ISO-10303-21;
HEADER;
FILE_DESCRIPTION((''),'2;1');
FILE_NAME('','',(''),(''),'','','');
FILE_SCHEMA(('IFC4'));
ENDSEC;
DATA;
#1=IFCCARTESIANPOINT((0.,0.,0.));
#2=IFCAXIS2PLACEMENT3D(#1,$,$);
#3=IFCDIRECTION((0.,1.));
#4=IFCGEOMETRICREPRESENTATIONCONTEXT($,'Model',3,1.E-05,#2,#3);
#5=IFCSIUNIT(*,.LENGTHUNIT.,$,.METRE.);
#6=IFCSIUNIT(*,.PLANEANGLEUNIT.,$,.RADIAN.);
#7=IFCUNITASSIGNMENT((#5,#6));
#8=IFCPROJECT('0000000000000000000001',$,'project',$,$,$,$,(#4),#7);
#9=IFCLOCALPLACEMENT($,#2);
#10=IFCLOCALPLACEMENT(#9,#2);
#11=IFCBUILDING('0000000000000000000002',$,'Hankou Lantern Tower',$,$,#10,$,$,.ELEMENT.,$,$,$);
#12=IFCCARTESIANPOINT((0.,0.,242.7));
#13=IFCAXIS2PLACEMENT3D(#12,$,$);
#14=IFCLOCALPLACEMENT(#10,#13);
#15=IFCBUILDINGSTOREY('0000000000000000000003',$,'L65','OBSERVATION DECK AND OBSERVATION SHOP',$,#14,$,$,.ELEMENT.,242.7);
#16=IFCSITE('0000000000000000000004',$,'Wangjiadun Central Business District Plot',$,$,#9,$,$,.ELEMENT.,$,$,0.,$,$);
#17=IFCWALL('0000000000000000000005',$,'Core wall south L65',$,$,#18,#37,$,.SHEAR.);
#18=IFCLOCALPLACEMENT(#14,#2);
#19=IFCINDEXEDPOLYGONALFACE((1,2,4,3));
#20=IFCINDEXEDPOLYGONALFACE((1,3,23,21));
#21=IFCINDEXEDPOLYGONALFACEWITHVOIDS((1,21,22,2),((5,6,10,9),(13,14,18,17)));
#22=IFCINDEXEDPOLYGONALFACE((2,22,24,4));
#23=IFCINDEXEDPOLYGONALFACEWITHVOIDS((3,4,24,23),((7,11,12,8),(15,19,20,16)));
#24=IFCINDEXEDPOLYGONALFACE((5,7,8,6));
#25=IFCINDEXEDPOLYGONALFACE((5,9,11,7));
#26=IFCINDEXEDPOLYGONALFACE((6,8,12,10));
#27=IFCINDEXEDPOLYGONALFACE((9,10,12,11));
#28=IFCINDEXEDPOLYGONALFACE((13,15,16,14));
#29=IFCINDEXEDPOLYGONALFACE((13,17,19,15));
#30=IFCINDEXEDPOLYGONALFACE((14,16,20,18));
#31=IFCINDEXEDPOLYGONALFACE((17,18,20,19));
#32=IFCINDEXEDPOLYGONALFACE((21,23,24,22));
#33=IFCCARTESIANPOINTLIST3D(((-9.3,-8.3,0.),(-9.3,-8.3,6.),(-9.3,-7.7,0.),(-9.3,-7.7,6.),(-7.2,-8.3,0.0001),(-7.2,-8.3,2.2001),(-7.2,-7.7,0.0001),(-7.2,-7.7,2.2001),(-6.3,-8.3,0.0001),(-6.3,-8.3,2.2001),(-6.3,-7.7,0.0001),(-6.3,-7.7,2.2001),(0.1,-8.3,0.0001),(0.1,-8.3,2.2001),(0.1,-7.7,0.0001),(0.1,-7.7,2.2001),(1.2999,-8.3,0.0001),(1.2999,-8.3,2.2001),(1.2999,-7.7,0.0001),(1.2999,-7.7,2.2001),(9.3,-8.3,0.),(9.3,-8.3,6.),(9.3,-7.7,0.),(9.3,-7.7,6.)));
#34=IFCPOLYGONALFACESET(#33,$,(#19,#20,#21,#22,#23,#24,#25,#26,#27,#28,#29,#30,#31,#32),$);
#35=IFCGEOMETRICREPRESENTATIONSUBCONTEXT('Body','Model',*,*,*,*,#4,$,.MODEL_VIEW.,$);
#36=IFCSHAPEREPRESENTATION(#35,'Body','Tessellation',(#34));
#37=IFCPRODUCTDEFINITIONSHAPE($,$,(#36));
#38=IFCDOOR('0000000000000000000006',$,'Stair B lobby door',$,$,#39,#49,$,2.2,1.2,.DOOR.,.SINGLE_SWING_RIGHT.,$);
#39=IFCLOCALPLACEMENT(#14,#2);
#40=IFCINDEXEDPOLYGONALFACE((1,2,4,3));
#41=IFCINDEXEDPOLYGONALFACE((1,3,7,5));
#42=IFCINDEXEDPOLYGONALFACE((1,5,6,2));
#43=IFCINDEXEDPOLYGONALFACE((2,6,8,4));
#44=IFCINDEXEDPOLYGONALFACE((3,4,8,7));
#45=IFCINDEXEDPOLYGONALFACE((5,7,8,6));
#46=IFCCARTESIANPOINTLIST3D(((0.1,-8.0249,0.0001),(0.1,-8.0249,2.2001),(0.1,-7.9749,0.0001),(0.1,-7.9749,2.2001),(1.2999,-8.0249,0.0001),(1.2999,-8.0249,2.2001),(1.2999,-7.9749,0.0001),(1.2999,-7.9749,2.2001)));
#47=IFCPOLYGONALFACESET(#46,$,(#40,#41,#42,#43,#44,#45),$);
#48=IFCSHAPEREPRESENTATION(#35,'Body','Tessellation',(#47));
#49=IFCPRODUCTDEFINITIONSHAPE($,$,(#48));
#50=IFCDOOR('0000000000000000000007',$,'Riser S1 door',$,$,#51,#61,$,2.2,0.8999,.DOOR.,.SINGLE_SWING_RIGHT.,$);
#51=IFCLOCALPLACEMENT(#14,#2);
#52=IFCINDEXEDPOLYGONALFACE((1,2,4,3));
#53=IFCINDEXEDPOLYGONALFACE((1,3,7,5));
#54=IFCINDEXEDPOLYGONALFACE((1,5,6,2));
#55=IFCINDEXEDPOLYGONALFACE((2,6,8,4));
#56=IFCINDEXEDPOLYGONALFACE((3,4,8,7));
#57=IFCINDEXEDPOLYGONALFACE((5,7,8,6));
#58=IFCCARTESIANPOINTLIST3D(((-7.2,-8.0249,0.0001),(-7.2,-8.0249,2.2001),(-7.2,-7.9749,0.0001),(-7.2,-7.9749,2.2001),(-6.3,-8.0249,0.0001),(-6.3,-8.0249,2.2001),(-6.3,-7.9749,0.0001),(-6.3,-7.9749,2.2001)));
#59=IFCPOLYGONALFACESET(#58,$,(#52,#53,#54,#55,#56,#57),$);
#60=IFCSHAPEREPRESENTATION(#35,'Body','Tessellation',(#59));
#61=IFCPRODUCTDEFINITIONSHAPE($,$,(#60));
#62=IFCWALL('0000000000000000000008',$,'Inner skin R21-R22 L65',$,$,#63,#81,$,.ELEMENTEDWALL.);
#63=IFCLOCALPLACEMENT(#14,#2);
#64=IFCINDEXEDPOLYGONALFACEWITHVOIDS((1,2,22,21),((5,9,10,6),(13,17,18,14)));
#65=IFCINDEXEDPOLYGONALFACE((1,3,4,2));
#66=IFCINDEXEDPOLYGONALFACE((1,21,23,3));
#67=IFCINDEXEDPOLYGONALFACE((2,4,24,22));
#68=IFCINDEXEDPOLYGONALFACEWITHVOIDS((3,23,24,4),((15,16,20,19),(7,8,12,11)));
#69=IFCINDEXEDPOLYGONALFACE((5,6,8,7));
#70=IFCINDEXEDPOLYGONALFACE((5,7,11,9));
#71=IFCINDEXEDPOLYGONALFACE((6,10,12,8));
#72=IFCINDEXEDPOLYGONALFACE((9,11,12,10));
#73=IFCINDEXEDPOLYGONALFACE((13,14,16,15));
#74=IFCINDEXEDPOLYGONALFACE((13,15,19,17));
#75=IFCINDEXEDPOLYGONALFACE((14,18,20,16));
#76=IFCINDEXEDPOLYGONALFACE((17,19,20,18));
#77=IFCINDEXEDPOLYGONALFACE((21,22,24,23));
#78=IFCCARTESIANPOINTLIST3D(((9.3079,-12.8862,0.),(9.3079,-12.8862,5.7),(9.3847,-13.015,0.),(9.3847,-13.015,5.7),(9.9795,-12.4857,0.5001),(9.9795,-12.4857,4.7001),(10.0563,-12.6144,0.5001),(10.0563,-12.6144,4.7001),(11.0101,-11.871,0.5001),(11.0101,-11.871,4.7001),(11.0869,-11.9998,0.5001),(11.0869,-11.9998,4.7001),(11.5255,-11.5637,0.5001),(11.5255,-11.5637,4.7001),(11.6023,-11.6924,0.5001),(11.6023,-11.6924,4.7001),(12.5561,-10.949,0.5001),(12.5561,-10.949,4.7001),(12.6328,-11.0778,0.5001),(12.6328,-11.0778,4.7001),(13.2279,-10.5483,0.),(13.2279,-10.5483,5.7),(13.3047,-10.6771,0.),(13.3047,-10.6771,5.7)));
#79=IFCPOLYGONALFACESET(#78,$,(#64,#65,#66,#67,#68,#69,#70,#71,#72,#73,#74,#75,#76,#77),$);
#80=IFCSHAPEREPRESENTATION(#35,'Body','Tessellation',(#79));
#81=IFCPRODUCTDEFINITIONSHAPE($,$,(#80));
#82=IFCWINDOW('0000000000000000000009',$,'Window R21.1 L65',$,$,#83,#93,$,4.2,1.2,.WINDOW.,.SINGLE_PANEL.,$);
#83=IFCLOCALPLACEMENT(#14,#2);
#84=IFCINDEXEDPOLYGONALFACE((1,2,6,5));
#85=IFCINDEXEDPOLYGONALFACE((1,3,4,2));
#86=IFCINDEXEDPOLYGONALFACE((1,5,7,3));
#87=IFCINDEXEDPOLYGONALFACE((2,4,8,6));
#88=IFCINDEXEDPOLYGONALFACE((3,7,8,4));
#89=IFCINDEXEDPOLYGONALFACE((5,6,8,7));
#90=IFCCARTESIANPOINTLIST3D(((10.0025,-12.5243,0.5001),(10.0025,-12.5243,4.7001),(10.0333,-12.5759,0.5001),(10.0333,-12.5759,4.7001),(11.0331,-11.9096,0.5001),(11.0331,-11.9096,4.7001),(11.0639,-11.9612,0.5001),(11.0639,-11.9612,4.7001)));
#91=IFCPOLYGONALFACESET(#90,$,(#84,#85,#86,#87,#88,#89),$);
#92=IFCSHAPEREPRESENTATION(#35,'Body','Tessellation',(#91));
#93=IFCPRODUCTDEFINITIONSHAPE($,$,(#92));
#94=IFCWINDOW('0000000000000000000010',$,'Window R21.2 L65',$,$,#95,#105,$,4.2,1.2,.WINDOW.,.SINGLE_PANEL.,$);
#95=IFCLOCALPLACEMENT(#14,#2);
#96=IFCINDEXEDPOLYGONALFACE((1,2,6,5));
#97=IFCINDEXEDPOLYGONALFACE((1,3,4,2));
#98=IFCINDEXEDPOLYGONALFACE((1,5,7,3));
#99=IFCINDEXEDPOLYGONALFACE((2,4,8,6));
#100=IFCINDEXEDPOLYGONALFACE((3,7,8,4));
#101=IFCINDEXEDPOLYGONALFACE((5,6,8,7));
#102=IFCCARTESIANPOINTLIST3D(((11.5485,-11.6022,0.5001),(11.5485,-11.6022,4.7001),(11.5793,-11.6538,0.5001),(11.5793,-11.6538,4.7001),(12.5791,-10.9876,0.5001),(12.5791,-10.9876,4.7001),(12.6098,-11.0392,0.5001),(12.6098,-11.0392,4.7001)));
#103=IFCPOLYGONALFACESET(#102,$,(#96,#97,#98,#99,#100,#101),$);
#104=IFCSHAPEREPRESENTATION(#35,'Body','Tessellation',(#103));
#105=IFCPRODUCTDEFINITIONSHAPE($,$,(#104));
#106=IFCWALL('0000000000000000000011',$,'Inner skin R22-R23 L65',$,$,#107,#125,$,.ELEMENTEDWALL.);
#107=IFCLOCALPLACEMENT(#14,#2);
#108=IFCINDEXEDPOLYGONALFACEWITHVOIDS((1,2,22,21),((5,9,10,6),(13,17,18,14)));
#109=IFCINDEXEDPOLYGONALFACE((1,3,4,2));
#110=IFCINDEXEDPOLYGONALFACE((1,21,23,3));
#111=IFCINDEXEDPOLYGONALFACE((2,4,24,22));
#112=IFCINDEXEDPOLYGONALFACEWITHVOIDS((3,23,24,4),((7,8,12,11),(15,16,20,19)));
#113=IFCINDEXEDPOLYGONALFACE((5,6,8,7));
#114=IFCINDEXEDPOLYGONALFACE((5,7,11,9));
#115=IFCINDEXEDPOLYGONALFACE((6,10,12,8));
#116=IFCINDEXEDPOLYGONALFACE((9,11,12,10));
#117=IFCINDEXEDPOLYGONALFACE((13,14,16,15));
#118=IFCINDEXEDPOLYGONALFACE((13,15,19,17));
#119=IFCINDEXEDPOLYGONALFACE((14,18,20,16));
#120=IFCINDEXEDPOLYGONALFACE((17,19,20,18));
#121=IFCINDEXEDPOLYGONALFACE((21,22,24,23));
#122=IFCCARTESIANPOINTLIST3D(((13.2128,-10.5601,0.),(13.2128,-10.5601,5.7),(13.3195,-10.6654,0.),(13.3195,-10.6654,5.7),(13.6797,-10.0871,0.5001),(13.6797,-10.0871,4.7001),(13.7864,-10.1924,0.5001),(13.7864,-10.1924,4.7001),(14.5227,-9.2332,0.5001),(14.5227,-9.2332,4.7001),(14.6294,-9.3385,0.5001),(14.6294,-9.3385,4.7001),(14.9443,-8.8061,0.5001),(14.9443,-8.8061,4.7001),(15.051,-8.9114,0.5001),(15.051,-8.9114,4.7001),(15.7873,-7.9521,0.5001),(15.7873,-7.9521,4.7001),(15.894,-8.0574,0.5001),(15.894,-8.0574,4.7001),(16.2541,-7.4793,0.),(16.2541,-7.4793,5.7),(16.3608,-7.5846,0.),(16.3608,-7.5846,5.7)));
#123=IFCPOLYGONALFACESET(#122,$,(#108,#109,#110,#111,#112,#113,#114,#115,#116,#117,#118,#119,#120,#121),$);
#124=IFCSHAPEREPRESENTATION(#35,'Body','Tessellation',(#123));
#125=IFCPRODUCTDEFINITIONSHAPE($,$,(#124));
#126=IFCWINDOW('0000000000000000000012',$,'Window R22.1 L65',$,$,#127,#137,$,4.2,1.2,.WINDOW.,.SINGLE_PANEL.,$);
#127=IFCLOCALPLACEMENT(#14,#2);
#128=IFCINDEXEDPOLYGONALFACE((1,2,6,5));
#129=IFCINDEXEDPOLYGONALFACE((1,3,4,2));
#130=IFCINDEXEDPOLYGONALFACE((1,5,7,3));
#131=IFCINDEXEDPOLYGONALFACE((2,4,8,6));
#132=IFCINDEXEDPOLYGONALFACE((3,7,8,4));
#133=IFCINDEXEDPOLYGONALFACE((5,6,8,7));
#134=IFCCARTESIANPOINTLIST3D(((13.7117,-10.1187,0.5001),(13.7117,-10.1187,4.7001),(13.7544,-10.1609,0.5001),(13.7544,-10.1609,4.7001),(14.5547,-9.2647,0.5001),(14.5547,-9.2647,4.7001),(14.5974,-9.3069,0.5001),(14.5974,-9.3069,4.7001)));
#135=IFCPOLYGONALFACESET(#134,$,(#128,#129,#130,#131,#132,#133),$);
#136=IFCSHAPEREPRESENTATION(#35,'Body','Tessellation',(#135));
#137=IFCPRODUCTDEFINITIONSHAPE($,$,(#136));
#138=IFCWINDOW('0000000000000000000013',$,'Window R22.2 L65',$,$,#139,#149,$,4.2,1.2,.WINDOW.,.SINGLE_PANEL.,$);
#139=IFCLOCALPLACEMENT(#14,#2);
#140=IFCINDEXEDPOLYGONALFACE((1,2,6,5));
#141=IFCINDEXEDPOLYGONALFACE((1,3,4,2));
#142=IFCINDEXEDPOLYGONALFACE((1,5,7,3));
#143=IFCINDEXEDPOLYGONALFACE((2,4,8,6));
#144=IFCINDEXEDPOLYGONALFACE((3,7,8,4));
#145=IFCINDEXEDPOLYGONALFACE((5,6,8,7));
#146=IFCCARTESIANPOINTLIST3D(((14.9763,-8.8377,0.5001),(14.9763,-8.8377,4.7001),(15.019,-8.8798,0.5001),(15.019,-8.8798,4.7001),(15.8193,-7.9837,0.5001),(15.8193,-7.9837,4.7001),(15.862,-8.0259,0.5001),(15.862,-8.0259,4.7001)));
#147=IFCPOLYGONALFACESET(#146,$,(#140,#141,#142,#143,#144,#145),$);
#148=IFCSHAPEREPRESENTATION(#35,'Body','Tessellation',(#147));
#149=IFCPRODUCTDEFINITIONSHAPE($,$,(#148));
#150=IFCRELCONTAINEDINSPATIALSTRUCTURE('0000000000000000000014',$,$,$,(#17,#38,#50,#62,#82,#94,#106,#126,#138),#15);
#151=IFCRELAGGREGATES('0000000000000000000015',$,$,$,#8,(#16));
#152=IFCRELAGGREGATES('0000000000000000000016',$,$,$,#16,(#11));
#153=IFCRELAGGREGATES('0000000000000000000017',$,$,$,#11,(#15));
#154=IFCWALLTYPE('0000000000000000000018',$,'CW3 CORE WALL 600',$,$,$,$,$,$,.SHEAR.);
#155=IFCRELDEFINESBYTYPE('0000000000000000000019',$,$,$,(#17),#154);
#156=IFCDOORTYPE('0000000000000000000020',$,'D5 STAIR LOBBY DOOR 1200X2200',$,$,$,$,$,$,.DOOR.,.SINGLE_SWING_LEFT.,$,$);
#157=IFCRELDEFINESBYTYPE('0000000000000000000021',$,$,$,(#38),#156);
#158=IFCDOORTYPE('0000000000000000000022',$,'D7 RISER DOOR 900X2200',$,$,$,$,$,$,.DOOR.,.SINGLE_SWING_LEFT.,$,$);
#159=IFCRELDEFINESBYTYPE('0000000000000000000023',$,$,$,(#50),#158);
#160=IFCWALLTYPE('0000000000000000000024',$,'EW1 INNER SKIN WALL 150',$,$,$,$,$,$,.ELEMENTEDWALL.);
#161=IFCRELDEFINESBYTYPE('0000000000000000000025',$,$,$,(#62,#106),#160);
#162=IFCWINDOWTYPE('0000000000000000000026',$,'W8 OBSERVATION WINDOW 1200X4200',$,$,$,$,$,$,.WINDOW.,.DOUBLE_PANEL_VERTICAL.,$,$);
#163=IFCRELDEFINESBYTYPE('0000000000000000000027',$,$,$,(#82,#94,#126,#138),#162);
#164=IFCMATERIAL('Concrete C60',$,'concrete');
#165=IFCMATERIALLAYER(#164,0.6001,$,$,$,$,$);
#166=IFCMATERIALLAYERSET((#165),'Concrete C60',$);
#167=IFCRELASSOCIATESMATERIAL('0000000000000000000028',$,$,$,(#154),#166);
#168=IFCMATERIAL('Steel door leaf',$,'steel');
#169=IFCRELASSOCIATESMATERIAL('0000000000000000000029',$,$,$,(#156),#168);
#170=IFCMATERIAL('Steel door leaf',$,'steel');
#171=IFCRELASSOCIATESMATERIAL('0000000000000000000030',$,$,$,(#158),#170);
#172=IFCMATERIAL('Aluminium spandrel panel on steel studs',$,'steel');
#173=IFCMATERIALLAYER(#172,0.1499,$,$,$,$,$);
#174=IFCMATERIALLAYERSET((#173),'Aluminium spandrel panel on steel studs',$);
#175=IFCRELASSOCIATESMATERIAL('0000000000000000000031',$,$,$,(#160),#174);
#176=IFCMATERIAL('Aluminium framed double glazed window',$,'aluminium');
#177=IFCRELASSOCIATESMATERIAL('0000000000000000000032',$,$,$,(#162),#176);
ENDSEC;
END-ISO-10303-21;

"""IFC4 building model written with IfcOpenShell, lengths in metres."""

from ifc_helpers import new_model, si_unit, direction, frame, frame_2d, origin, place, context, subcontext, project, spatial, rectangle, extrude, material, layer, layer_set, type_object, element, fill, save


model = new_model("IFC4")

# Units and contexts
model_context = context("Model", 3, precision=1e-05, world=origin(), true_north=direction((0.0, 1.0)))
body_context = subcontext(model_context, "Body", "Model", "MODEL_VIEW")
ifc_project = project(units=[si_unit("LENGTHUNIT", "METRE"), si_unit("PLANEANGLEUNIT", "RADIAN")], contexts=[model_context])

# Site, building, storey
site_placement = place(None, origin())
site = spatial("IfcSite", under=ifc_project, at=site_placement, Name="Wangjiadun Central Business District Plot", CompositionType="ELEMENT", RefElevation=0.0)
building_placement = place(site_placement, origin())
building = spatial("IfcBuilding", under=site, at=building_placement, Name="Hankou Lantern Tower", CompositionType="ELEMENT")
storey_placement = place(building_placement, frame((0.0, 0.0, 242.7)))
storey = spatial("IfcBuildingStorey", under=building, at=storey_placement, Name="L65", Description="OBSERVATION DECK AND OBSERVATION SHOP", CompositionType="ELEMENT", Elevation=242.7)

# Wall, openings, doors
ifc_material_1 = material(Name="Concrete C60", Category="concrete")
ifc_layer_1 = layer(ifc_material_1, 0.6001)
ifc_layer_set_1 = layer_set([ifc_layer_1], Name="Concrete C60")
wall_type_1 = type_object("IfcWallType", Name="CW3 CORE WALL 600", PredefinedType="SHEAR", material=ifc_layer_set_1)
wall_1_placement = place(storey_placement, frame((9.3, -8.0, 0.0), z_axis=(0.0, 0.0, 1.0), x_axis=(-1.0, 0.0, 0.0)))
wall_1 = element("IfcWall", 1, at=wall_1_placement, inside=storey, type_object=wall_type_1, Name="Core wall south L65", PredefinedType="SHEAR", context=body_context, shape_type="SweptSolid", body=[
    extrude(rectangle(XDim=18.6001, YDim=0.6001, at=frame_2d((9.3, 0.0))), origin(), (0.0, 0.0, 1.0), 6.0),
])
opening_1_placement = place(wall_1_placement, frame((8.0, 0.0, 0.0)))
opening_1 = element("IfcOpeningElement", 2, at=opening_1_placement, cuts=wall_1, PredefinedType="OPENING", context=body_context, shape_type="SweptSolid", body=[
    extrude(rectangle(XDim=1.2, YDim=2.2, at=frame_2d((0.6001, 1.1001))), frame((0.0, 0.3101, 0.0), z_axis=(0.0, -1.0, 0.0), x_axis=(1.0, 0.0, 0.0)), (0.0, 0.0, 1.0), 0.6201),
])
opening_2_placement = place(wall_1_placement, frame((15.6001, 0.0, 0.0)))
opening_2 = element("IfcOpeningElement", 3, at=opening_2_placement, cuts=wall_1, PredefinedType="OPENING", context=body_context, shape_type="SweptSolid", body=[
    extrude(rectangle(XDim=0.8999, YDim=2.2, at=frame_2d((0.45, 1.1001))), frame((0.0, 0.3101, 0.0), z_axis=(0.0, -1.0, 0.0), x_axis=(1.0, 0.0, 0.0)), (0.0, 0.0, 1.0), 0.6201),
])
ifc_material_2 = material(Name="Steel door leaf", Category="steel")
door_type_1 = type_object("IfcDoorType", Name="D5 STAIR LOBBY DOOR 1200X2200", OperationType="SINGLE_SWING_LEFT", PredefinedType="DOOR", material=ifc_material_2)
door_1_placement = place(opening_1_placement, origin())
door_1 = element("IfcDoor", 4, at=door_1_placement, inside=storey, type_object=door_type_1, Name="Stair B lobby door", OperationType="SINGLE_SWING_RIGHT", OverallHeight=2.2, OverallWidth=1.2, PredefinedType="DOOR", context=body_context, shape_type="SweptSolid", body=[
    extrude(rectangle(XDim=1.2, YDim=2.2, at=frame_2d((0.6001, 1.1001))), frame((0.0, 0.0249, 0.0), z_axis=(0.0, -1.0, 0.0), x_axis=(1.0, 0.0, 0.0)), (0.0, 0.0, 1.0), 0.05),
])
fill(opening_1, door_1)
ifc_material_3 = material(Name="Steel door leaf", Category="steel")
door_type_2 = type_object("IfcDoorType", Name="D7 RISER DOOR 900X2200", OperationType="SINGLE_SWING_LEFT", PredefinedType="DOOR", material=ifc_material_3)
door_2_placement = place(opening_2_placement, origin())
door_2 = element("IfcDoor", 5, at=door_2_placement, inside=storey, type_object=door_type_2, Name="Riser S1 door", OperationType="SINGLE_SWING_RIGHT", OverallHeight=2.2, OverallWidth=0.8999, PredefinedType="DOOR", context=body_context, shape_type="SweptSolid", body=[
    extrude(rectangle(XDim=0.8999, YDim=2.2, at=frame_2d((0.45, 1.1001))), frame((0.0, 0.0249, 0.0), z_axis=(0.0, -1.0, 0.0), x_axis=(1.0, 0.0, 0.0)), (0.0, 0.0, 1.0), 0.05),
])
fill(opening_2, door_2)

# Walls, openings, windows
ifc_material_4 = material(Name="Aluminium spandrel panel on steel studs", Category="steel")
ifc_layer_2 = layer(ifc_material_4, 0.1499)
ifc_layer_set_2 = layer_set([ifc_layer_2], Name="Aluminium spandrel panel on steel studs")
wall_type_2 = type_object("IfcWallType", Name="EW1 INNER SKIN WALL 150", PredefinedType="ELEMENTEDWALL", material=ifc_layer_set_2)
wall_2_placement = place(storey_placement, frame((9.3462, -12.9507, 0.0), z_axis=(0.0, 0.0, 1.0), x_axis=(0.858849, 0.512228, 0.0)))
wall_2 = element("IfcWall", 6, at=wall_2_placement, inside=storey, type_object=wall_type_2, Name="Inner skin R21-R22 L65", PredefinedType="ELEMENTEDWALL", context=body_context, shape_type="SweptSolid", body=[
    extrude(rectangle(XDim=4.5642, YDim=0.1499, at=frame_2d((2.2822, 0.0))), origin(), (0.0, 0.0, 1.0), 5.7),
])
opening_3_placement = place(wall_2_placement, frame((0.782, 0.0, 0.5)))
opening_3 = element("IfcOpeningElement", 7, at=opening_3_placement, cuts=wall_2, PredefinedType="OPENING", context=body_context, shape_type="SweptSolid", body=[
    extrude(rectangle(XDim=1.2, YDim=4.2, at=frame_2d((0.6001, 2.1001))), frame((0.0, 0.085, 0.0), z_axis=(0.0, -1.0, 0.0), x_axis=(1.0, 0.0, 0.0)), (0.0, 0.0, 1.0), 0.1699),
])
opening_4_placement = place(wall_2_placement, frame((2.582, 0.0, 0.5)))
opening_4 = element("IfcOpeningElement", 8, at=opening_4_placement, cuts=wall_2, PredefinedType="OPENING", context=body_context, shape_type="SweptSolid", body=[
    extrude(rectangle(XDim=1.2, YDim=4.2, at=frame_2d((0.6001, 2.1001))), frame((0.0, 0.085, 0.0), z_axis=(0.0, -1.0, 0.0), x_axis=(1.0, 0.0, 0.0)), (0.0, 0.0, 1.0), 0.1699),
])
ifc_material_5 = material(Name="Aluminium framed double glazed window", Category="aluminium")
window_type = type_object("IfcWindowType", Name="W8 OBSERVATION WINDOW 1200X4200", PartitioningType="DOUBLE_PANEL_VERTICAL", PredefinedType="WINDOW", material=ifc_material_5)
window_1_placement = place(opening_3_placement, origin())
window_1 = element("IfcWindow", 9, at=window_1_placement, inside=storey, type_object=window_type, Name="Window R21.1 L65", OverallHeight=4.2, OverallWidth=1.2, PartitioningType="SINGLE_PANEL", PredefinedType="WINDOW", context=body_context, shape_type="SweptSolid", body=[
    extrude(rectangle(XDim=1.2, YDim=4.2, at=frame_2d((0.6001, 2.1001))), frame((0.0, 0.03, 0.0), z_axis=(0.0, -1.0, 0.0), x_axis=(1.0, 0.0, 0.0)), (0.0, 0.0, 1.0), 0.0601),
])
fill(opening_3, window_1)
window_2_placement = place(opening_4_placement, origin())
window_2 = element("IfcWindow", 10, at=window_2_placement, inside=storey, type_object=window_type, Name="Window R21.2 L65", OverallHeight=4.2, OverallWidth=1.2, PartitioningType="SINGLE_PANEL", PredefinedType="WINDOW", context=body_context, shape_type="SweptSolid", body=[
    extrude(rectangle(XDim=1.2, YDim=4.2, at=frame_2d((0.6001, 2.1001))), frame((0.0, 0.03, 0.0), z_axis=(0.0, -1.0, 0.0), x_axis=(1.0, 0.0, 0.0)), (0.0, 0.0, 1.0), 0.0601),
])
fill(opening_4, window_2)
wall_3_placement = place(storey_placement, frame((13.2661, -10.6128, 0.0), z_axis=(0.0, 0.0, 1.0), x_axis=(0.702524, 0.71166, 0.0)))
wall_3 = element("IfcWall", 11, at=wall_3_placement, inside=storey, type_object=wall_type_2, Name="Inner skin R22-R23 L65", PredefinedType="ELEMENTEDWALL", context=body_context, shape_type="SweptSolid", body=[
    extrude(rectangle(XDim=4.3291, YDim=0.1499, at=frame_2d((2.1646, 0.0))), origin(), (0.0, 0.0, 1.0), 5.7),
])
opening_5_placement = place(wall_3_placement, frame((0.6646, 0.0, 0.5)))
opening_5 = element("IfcOpeningElement", 12, at=opening_5_placement, cuts=wall_3, PredefinedType="OPENING", context=body_context, shape_type="SweptSolid", body=[
    extrude(rectangle(XDim=1.2, YDim=4.2, at=frame_2d((0.6001, 2.1001))), frame((0.0, 0.085, 0.0), z_axis=(0.0, -1.0, 0.0), x_axis=(1.0, 0.0, 0.0)), (0.0, 0.0, 1.0), 0.1699),
])
opening_6_placement = place(wall_3_placement, frame((2.4646, 0.0, 0.5)))
opening_6 = element("IfcOpeningElement", 13, at=opening_6_placement, cuts=wall_3, PredefinedType="OPENING", context=body_context, shape_type="SweptSolid", body=[
    extrude(rectangle(XDim=1.2, YDim=4.2, at=frame_2d((0.6001, 2.1001))), frame((0.0, 0.085, 0.0), z_axis=(0.0, -1.0, 0.0), x_axis=(1.0, 0.0, 0.0)), (0.0, 0.0, 1.0), 0.1699),
])
window_3_placement = place(opening_5_placement, origin())
window_3 = element("IfcWindow", 14, at=window_3_placement, inside=storey, type_object=window_type, Name="Window R22.1 L65", OverallHeight=4.2, OverallWidth=1.2, PartitioningType="SINGLE_PANEL", PredefinedType="WINDOW", context=body_context, shape_type="SweptSolid", body=[
    extrude(rectangle(XDim=1.2, YDim=4.2, at=frame_2d((0.6001, 2.1001))), frame((0.0, 0.03, 0.0), z_axis=(0.0, -1.0, 0.0), x_axis=(1.0, 0.0, 0.0)), (0.0, 0.0, 1.0), 0.0601),
])
fill(opening_5, window_3)
window_4_placement = place(opening_6_placement, origin())
window_4 = element("IfcWindow", 15, at=window_4_placement, inside=storey, type_object=window_type, Name="Window R22.2 L65", OverallHeight=4.2, OverallWidth=1.2, PartitioningType="SINGLE_PANEL", PredefinedType="WINDOW", context=body_context, shape_type="SweptSolid", body=[
    extrude(rectangle(XDim=1.2, YDim=4.2, at=frame_2d((0.6001, 2.1001))), frame((0.0, 0.03, 0.0), z_axis=(0.0, -1.0, 0.0), x_axis=(1.0, 0.0, 0.0)), (0.0, 0.0, 1.0), 0.0601),
])
fill(opening_6, window_4)

save(model, "model.ifc")
